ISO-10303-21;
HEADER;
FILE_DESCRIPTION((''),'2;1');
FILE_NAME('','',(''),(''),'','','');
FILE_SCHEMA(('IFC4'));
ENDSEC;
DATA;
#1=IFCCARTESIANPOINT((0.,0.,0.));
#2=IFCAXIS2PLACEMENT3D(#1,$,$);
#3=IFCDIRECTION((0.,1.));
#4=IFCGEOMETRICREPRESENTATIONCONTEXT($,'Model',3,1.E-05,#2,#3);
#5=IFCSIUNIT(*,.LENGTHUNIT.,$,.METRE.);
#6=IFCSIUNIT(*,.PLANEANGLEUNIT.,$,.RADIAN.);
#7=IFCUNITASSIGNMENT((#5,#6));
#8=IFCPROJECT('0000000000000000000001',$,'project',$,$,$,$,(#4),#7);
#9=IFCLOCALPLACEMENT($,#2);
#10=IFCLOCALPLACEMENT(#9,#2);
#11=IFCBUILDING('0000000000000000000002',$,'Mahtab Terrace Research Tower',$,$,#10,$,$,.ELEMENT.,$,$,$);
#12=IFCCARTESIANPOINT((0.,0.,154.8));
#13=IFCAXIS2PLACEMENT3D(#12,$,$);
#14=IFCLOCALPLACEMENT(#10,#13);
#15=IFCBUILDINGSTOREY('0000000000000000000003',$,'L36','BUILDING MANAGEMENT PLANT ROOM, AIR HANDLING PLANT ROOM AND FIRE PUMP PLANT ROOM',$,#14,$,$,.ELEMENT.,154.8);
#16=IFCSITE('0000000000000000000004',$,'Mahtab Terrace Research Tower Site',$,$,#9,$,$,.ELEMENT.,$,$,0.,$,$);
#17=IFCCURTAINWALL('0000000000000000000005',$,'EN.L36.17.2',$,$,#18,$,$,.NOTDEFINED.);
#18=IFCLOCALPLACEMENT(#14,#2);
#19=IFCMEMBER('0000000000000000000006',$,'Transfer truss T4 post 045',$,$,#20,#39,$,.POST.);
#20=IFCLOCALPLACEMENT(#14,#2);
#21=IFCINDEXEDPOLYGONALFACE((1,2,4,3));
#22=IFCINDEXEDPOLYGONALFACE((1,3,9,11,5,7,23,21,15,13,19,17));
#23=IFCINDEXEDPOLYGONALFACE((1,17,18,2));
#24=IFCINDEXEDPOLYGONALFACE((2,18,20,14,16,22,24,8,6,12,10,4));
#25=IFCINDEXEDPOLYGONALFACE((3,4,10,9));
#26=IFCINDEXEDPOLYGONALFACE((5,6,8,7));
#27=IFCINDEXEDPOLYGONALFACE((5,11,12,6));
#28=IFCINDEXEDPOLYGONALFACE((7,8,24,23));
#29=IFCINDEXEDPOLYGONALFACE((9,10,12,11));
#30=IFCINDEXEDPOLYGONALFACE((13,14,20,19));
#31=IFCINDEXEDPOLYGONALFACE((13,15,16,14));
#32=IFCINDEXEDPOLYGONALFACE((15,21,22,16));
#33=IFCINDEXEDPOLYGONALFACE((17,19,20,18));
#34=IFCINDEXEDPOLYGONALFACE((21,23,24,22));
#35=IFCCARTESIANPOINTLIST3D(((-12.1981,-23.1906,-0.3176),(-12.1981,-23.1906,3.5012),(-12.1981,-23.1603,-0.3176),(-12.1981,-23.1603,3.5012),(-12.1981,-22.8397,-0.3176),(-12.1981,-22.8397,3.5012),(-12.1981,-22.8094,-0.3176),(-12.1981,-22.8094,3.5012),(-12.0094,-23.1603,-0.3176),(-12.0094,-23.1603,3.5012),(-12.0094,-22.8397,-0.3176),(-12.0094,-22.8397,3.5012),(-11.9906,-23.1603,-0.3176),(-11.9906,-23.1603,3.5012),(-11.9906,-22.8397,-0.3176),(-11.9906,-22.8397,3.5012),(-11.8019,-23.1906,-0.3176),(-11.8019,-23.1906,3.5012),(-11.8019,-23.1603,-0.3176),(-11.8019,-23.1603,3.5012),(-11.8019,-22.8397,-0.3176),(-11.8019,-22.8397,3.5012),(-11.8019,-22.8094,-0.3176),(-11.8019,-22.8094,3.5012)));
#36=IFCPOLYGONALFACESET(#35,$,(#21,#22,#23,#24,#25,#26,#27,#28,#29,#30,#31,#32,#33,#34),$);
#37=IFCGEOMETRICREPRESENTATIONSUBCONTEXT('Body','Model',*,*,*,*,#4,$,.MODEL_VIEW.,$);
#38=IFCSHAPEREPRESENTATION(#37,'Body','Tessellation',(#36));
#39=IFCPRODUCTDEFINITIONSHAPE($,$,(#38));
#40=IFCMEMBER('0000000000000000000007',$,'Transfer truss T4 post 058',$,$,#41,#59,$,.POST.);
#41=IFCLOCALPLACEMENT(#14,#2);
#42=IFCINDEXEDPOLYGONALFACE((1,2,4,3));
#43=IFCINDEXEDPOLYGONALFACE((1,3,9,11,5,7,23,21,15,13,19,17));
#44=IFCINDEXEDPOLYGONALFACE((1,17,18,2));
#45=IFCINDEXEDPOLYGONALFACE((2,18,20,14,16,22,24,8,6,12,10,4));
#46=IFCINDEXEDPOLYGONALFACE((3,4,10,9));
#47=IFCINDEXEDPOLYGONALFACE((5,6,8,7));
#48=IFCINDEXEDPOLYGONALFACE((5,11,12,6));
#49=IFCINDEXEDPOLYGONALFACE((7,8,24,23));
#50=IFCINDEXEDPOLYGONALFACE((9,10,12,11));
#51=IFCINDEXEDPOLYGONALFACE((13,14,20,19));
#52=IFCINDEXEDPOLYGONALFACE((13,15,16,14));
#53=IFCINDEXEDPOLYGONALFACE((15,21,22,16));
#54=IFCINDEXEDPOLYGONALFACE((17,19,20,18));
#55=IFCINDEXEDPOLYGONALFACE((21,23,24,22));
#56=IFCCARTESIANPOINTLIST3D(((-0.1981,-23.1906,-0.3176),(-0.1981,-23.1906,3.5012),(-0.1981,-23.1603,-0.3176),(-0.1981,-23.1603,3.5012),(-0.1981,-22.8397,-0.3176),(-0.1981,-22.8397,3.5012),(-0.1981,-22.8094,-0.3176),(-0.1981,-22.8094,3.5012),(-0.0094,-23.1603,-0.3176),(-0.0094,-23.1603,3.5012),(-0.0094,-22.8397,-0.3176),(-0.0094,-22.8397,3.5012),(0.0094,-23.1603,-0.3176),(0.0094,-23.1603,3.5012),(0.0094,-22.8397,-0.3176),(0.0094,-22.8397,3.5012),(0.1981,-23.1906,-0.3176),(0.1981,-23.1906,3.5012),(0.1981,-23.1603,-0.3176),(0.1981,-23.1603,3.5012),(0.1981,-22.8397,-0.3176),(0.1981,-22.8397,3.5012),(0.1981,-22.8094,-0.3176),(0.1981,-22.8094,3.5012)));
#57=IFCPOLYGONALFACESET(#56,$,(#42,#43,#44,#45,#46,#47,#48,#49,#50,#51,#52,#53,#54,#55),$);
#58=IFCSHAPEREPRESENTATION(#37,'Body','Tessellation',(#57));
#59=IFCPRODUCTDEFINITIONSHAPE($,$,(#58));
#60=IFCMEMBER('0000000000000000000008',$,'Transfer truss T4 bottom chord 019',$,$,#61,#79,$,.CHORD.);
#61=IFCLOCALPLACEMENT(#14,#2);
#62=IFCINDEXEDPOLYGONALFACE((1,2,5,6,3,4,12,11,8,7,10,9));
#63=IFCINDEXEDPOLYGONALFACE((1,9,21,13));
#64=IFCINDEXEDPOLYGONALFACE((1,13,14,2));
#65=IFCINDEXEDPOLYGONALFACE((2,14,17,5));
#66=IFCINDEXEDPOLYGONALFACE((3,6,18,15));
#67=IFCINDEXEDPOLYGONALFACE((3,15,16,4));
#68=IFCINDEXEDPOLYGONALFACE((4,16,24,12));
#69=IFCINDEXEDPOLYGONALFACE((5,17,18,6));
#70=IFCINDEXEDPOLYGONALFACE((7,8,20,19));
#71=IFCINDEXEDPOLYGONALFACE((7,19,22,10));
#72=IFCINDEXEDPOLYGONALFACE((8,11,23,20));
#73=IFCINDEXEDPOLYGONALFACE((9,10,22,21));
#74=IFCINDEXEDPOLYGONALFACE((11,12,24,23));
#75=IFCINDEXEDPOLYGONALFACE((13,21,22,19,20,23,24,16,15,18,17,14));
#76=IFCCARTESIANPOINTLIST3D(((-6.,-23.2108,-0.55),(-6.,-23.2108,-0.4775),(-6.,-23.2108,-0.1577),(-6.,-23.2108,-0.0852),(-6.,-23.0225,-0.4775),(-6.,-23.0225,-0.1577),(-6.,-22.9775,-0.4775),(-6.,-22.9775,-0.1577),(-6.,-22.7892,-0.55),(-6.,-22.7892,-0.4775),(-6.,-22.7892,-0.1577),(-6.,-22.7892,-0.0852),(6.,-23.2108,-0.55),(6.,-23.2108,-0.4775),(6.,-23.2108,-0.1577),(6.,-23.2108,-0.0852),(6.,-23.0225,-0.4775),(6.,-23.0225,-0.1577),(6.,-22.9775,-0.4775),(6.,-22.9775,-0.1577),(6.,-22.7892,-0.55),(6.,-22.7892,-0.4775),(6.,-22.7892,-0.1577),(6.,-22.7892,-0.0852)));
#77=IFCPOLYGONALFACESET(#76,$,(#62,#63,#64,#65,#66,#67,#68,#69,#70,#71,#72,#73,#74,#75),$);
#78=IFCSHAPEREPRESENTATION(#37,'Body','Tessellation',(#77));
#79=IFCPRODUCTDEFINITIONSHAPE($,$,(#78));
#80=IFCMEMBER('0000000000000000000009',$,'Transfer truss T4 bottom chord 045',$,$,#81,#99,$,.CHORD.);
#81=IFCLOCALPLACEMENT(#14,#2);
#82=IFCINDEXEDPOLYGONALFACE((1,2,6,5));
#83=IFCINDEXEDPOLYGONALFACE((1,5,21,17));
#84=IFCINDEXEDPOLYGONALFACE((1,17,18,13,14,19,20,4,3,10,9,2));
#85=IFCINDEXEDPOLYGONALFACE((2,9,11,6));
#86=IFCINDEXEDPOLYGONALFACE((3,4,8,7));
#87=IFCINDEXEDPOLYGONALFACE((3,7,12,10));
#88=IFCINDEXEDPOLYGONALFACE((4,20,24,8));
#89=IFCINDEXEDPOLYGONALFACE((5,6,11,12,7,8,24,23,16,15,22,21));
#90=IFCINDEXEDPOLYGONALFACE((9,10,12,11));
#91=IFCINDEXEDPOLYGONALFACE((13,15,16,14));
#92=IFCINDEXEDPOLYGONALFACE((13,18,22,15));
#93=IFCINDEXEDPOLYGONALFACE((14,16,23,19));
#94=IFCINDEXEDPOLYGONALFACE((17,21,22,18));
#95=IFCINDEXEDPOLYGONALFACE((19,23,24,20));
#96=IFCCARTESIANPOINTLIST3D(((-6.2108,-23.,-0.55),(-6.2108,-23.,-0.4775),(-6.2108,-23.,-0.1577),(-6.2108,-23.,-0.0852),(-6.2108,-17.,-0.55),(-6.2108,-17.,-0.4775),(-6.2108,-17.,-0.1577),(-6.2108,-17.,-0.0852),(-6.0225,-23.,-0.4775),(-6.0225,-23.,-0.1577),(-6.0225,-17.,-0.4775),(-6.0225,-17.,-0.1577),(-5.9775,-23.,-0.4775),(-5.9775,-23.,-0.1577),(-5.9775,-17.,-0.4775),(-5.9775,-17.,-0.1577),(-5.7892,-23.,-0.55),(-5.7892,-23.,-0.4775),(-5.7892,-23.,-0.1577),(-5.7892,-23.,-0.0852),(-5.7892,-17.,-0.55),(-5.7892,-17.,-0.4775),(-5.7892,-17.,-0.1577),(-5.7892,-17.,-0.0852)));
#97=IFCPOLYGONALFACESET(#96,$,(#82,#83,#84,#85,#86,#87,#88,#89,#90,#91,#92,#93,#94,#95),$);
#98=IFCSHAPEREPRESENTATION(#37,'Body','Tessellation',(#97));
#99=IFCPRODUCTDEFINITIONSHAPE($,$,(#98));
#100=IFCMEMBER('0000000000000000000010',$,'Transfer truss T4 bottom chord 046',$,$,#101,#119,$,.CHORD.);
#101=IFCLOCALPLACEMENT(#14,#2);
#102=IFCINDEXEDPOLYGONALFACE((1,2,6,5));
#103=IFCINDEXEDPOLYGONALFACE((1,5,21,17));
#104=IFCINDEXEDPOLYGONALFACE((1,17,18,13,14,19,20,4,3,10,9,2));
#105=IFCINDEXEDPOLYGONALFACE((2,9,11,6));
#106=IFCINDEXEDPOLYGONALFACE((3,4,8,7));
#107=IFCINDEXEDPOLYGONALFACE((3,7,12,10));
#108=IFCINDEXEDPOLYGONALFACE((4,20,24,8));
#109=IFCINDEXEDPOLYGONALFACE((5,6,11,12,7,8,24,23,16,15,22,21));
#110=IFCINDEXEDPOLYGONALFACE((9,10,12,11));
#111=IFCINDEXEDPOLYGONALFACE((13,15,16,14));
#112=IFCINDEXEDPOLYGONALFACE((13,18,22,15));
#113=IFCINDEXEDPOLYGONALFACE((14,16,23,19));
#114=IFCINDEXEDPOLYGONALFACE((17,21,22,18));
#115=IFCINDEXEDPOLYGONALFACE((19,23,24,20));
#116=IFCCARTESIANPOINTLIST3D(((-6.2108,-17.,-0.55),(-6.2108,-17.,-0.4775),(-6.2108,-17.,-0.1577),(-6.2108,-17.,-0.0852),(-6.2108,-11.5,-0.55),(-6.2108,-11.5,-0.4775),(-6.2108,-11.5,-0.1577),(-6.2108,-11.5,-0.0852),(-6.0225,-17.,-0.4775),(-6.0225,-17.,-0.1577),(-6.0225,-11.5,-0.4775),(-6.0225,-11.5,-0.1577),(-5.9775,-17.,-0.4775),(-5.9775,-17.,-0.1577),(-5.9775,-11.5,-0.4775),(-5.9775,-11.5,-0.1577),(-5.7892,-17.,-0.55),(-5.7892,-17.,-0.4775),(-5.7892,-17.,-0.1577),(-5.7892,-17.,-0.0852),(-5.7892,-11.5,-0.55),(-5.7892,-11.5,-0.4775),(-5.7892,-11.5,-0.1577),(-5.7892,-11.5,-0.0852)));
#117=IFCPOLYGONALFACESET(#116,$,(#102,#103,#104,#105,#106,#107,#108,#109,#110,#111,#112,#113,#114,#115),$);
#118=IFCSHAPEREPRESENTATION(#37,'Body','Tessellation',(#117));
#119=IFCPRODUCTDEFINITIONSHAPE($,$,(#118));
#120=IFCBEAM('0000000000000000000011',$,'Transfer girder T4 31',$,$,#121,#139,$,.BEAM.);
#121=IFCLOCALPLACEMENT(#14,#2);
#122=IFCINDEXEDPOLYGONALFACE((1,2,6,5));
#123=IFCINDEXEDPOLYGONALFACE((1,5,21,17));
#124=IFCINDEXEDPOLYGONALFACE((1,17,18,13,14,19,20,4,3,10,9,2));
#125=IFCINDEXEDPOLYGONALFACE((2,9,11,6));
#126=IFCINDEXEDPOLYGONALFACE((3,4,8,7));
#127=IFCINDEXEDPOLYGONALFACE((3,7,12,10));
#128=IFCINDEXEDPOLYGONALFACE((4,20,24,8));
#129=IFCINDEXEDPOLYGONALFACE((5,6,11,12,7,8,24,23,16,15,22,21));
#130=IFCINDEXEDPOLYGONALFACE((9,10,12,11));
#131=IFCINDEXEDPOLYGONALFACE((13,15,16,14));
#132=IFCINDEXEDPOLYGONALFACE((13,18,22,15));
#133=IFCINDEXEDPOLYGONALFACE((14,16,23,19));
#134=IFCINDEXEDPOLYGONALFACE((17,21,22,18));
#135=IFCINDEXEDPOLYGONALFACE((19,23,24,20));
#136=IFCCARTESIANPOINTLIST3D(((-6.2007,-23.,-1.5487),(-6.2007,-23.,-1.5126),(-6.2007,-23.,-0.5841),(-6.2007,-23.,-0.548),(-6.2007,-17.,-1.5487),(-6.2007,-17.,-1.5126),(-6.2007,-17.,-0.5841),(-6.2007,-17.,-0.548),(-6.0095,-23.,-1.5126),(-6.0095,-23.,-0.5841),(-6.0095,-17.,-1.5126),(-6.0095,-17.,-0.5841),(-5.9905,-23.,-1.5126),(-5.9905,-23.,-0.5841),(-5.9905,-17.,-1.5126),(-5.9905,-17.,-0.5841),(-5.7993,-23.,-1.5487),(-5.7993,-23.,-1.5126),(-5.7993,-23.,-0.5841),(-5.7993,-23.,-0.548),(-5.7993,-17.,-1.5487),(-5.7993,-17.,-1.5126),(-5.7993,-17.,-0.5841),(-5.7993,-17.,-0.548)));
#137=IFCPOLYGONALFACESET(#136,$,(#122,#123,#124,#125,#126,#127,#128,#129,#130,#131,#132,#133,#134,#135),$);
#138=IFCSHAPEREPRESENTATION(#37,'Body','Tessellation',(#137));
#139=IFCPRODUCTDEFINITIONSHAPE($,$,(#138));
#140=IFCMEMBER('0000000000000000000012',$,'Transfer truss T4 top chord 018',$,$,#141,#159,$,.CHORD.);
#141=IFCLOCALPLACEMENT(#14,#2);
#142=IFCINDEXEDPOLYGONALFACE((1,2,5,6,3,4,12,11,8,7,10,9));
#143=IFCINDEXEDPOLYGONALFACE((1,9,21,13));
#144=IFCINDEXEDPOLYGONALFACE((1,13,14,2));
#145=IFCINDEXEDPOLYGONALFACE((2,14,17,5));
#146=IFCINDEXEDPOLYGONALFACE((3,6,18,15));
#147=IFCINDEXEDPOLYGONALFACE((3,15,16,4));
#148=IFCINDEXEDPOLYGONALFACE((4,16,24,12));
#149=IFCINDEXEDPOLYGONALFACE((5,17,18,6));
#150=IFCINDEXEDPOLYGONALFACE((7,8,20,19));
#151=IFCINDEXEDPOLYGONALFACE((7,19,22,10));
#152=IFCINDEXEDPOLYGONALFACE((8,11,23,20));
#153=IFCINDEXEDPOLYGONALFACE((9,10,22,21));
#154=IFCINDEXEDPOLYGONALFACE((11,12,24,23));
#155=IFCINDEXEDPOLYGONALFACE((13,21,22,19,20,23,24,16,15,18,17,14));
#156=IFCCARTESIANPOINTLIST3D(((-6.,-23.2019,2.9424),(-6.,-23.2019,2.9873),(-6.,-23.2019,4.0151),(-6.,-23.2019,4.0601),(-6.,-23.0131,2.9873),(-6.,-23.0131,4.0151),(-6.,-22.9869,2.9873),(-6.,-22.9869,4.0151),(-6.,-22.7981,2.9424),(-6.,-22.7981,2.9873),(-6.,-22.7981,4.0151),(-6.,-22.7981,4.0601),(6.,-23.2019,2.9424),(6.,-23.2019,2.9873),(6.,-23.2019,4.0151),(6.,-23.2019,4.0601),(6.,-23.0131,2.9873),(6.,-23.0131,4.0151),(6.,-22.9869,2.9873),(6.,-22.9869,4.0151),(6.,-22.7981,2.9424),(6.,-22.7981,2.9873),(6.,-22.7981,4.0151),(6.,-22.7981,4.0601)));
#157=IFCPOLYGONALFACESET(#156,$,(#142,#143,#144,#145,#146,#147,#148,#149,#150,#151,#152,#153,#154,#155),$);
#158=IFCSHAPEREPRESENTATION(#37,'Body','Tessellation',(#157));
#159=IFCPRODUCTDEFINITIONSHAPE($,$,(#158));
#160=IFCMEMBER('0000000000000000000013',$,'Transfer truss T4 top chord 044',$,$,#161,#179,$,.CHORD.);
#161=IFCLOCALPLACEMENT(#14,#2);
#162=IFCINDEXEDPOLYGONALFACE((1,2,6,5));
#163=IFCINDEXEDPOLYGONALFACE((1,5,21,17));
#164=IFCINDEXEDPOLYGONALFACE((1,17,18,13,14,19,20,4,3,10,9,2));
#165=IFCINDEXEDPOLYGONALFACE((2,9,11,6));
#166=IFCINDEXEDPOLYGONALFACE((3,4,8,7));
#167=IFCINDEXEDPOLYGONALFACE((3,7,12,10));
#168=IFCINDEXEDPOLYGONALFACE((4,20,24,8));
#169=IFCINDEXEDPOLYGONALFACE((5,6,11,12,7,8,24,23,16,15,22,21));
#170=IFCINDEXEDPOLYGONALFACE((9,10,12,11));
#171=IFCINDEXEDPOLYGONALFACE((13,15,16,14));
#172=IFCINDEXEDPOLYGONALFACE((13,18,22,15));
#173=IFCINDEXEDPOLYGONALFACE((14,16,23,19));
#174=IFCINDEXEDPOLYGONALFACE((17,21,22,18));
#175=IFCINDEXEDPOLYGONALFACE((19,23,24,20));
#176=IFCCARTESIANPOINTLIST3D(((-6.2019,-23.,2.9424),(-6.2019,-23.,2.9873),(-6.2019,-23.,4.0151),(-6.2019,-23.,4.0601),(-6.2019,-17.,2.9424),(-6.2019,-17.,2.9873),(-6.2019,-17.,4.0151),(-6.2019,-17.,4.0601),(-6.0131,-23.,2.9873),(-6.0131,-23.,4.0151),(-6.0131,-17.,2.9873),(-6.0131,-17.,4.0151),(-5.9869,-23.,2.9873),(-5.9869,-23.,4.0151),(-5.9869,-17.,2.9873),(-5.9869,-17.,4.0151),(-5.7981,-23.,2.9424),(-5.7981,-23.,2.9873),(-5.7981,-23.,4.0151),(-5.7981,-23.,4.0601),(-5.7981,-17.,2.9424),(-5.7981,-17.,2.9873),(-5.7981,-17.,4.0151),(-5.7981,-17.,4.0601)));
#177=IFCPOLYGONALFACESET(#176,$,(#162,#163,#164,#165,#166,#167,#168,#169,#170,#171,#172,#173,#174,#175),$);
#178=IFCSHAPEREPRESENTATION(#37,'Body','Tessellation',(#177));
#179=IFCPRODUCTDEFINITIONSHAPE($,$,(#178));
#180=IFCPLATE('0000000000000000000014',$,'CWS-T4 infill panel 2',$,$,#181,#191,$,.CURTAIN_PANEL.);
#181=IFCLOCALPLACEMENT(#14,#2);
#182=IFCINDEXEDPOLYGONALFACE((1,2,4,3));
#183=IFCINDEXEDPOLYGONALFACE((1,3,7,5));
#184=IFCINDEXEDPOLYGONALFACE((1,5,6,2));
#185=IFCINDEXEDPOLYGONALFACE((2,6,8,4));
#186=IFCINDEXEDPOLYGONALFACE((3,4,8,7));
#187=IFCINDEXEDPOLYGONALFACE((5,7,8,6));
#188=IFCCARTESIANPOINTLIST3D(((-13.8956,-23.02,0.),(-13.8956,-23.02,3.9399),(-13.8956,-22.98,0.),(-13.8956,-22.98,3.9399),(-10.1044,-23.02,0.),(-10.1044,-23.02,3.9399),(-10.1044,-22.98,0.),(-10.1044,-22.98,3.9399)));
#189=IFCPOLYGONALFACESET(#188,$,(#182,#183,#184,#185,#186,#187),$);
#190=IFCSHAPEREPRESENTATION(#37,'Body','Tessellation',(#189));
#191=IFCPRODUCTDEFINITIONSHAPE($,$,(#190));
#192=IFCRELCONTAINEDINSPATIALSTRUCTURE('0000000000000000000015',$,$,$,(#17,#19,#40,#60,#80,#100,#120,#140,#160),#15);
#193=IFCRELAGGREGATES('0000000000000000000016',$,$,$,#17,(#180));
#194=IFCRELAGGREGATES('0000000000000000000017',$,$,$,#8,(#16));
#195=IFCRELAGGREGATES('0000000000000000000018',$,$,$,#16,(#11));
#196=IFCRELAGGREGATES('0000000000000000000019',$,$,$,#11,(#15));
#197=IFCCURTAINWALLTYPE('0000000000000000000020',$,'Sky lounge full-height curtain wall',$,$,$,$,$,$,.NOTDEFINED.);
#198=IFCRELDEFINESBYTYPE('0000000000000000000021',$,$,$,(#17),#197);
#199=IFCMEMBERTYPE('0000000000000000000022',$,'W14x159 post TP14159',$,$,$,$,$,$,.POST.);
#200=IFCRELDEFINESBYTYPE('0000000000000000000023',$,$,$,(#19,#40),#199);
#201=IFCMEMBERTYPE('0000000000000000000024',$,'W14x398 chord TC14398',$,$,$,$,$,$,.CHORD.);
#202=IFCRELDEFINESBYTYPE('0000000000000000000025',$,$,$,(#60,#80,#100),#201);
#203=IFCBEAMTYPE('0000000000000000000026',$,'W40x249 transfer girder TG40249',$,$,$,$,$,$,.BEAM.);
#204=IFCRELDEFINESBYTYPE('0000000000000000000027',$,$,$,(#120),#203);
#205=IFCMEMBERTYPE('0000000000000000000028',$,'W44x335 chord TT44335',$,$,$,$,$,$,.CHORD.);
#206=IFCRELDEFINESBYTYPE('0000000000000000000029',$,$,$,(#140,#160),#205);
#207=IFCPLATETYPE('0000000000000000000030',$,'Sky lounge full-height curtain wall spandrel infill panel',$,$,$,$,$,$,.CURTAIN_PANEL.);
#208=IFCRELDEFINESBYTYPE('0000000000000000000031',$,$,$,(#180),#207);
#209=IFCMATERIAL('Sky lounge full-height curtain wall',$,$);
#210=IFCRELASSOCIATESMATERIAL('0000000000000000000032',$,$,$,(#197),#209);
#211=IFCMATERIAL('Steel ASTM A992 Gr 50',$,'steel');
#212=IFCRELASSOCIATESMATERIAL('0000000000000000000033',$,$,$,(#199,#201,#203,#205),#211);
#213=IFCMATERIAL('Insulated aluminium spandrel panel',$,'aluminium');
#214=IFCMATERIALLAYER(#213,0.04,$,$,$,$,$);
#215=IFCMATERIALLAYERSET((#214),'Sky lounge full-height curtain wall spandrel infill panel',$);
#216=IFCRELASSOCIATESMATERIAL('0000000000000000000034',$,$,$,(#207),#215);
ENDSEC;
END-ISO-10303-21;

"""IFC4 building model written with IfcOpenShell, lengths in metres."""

from ifc_helpers import new_model, si_unit, direction, frame, origin, origin_2d, place, context, subcontext, project, spatial, rectangle, i_section, extrude, material, layer, layer_set, material_profile, profile_set, type_object, element, aggregate, save


model = new_model("IFC4")

# Units and contexts
model_context = context("Model", 3, precision=1e-05, world=origin(), true_north=direction((0.0, 1.0)))
body_context = subcontext(model_context, "Body", "Model", "MODEL_VIEW")
ifc_project = project(units=[si_unit("LENGTHUNIT", "METRE"), si_unit("PLANEANGLEUNIT", "RADIAN")], contexts=[model_context])

# Site, building, storey
site_placement = place(None, origin())
site = spatial("IfcSite", under=ifc_project, at=site_placement, Name="Mahtab Terrace Research Tower Site", CompositionType="ELEMENT", RefElevation=0.0)
building_placement = place(site_placement, origin())
building = spatial("IfcBuilding", under=site, at=building_placement, Name="Mahtab Terrace Research Tower", CompositionType="ELEMENT")
storey_placement = place(building_placement, frame((0.0, 0.0, 154.8)))
storey = spatial("IfcBuildingStorey", under=building, at=storey_placement, Name="L36", Description="BUILDING MANAGEMENT PLANT ROOM, AIR HANDLING PLANT ROOM AND FIRE PUMP PLANT ROOM", CompositionType="ELEMENT", Elevation=154.8)

# Shared definitions
ifc_material_1 = material(Name="Steel ASTM A992 Gr 50", Category="steel")

# Curtain wall
ifc_material_2 = material(Name="Sky lounge full-height curtain wall")
curtain_wall_type = type_object("IfcCurtainWallType", Name="Sky lounge full-height curtain wall", PredefinedType="NOTDEFINED", material=ifc_material_2)
curtain_wall_1_placement = place(storey_placement, origin())
curtain_wall_1 = element("IfcCurtainWall", 1, at=curtain_wall_1_placement, inside=storey, type_object=curtain_wall_type, Name="EN.L36.17.2", PredefinedType="NOTDEFINED")

# Members
ifc_material_profile_1 = material_profile(ifc_material_1, i_section(OverallWidth=0.3962, OverallDepth=0.3811, WebThickness=0.0188, FlangeThickness=0.0303, at=origin_2d()), Name="W14X159")
ifc_profile_set_1 = profile_set([ifc_material_profile_1], Name="Steel ASTM A992 Gr 50")
member_type_1 = type_object("IfcMemberType", Name="W14x159 post TP14159", PredefinedType="POST", material=ifc_profile_set_1)
for number, where, z_axis, x_axis, name in (
    (2, (-12.0, -23.0, -0.3176), (0.0, 0.0, 1.0), (1.0, 0.0, 0.0), "Transfer truss T4 post 045"),
    (3, (0.0, -23.0, -0.3176), (0.0, 0.0, 1.0), (1.0, 0.0, 0.0), "Transfer truss T4 post 058"),
):
    element("IfcMember", number, at=place(storey_placement, frame(where, z_axis=z_axis, x_axis=x_axis)), inside=storey, type_object=member_type_1, Name=name, PredefinedType="POST", context=body_context, shape_type="SweptSolid", body=[
        extrude(i_section(OverallWidth=0.3962, OverallDepth=0.3811, WebThickness=0.0188, FlangeThickness=0.0303, at=origin_2d()), origin(), (0.0, 0.0, 1.0), 3.8188),
    ])
ifc_material_profile_2 = material_profile(ifc_material_1, i_section(OverallWidth=0.4216, OverallDepth=0.4648, WebThickness=0.0449, FlangeThickness=0.0725, at=origin_2d()), Name="W14X398")
ifc_profile_set_2 = profile_set([ifc_material_profile_2], Name="Steel ASTM A992 Gr 50")
member_type_2 = type_object("IfcMemberType", Name="W14x398 chord TC14398", PredefinedType="CHORD", material=ifc_profile_set_2)
member_1_placement = place(storey_placement, frame((-6.0, -23.0, -0.3176), z_axis=(1.0, 0.0, 0.0), x_axis=(0.0, 1.0, 0.0)))
element("IfcMember", 4, at=member_1_placement, inside=storey, type_object=member_type_2, Name="Transfer truss T4 bottom chord 019", PredefinedType="CHORD", context=body_context, shape_type="SweptSolid", body=[
    extrude(i_section(OverallWidth=0.4216, OverallDepth=0.4648, WebThickness=0.0449, FlangeThickness=0.0725, at=origin_2d()), origin(), (0.0, 0.0, 1.0), 12.0),
])
member_2_placement = place(storey_placement, frame((-6.0, -23.0, -0.3176), z_axis=(0.0, 1.0, 0.0), x_axis=(-1.0, 0.0, 0.0)))
element("IfcMember", 5, at=member_2_placement, inside=storey, type_object=member_type_2, Name="Transfer truss T4 bottom chord 045", PredefinedType="CHORD", context=body_context, shape_type="SweptSolid", body=[
    extrude(i_section(OverallWidth=0.4216, OverallDepth=0.4648, WebThickness=0.0449, FlangeThickness=0.0725, at=origin_2d()), origin(), (0.0, 0.0, 1.0), 6.0),
])
member_3_placement = place(storey_placement, frame((-6.0, -17.0, -0.3176), z_axis=(0.0, 1.0, 0.0), x_axis=(-1.0, 0.0, 0.0)))
element("IfcMember", 6, at=member_3_placement, inside=storey, type_object=member_type_2, Name="Transfer truss T4 bottom chord 046", PredefinedType="CHORD", context=body_context, shape_type="SweptSolid", body=[
    extrude(i_section(OverallWidth=0.4216, OverallDepth=0.4648, WebThickness=0.0449, FlangeThickness=0.0725, at=origin_2d()), origin(), (0.0, 0.0, 1.0), 5.5),
])

# Beam
ifc_material_profile_3 = material_profile(ifc_material_1, i_section(OverallWidth=0.4014, OverallDepth=1.0007, WebThickness=0.019, FlangeThickness=0.0361, at=origin_2d()), Name="W40X249")
ifc_profile_set_3 = profile_set([ifc_material_profile_3], Name="Steel ASTM A992 Gr 50")
beam_type = type_object("IfcBeamType", Name="W40x249 transfer girder TG40249", PredefinedType="BEAM", material=ifc_profile_set_3)
beam_placement = place(storey_placement, frame((-6.0, -23.0, -1.0483), z_axis=(0.0, 1.0, 0.0), x_axis=(-1.0, 0.0, 0.0)))
element("IfcBeam", 7, at=beam_placement, inside=storey, type_object=beam_type, Name="Transfer girder T4 31", PredefinedType="BEAM", context=body_context, shape_type="SweptSolid", body=[
    extrude(i_section(OverallWidth=0.4014, OverallDepth=1.0007, WebThickness=0.019, FlangeThickness=0.0361, at=origin_2d()), origin(), (0.0, 0.0, 1.0), 6.0),
])

# Members
ifc_material_profile_4 = material_profile(ifc_material_1, i_section(OverallWidth=0.4038, OverallDepth=1.1177, WebThickness=0.0261, FlangeThickness=0.0449, at=origin_2d()), Name="W44X335")
ifc_profile_set_4 = profile_set([ifc_material_profile_4], Name="Steel ASTM A992 Gr 50")
member_type_3 = type_object("IfcMemberType", Name="W44x335 chord TT44335", PredefinedType="CHORD", material=ifc_profile_set_4)
member_4_placement = place(storey_placement, frame((-6.0, -23.0, 3.5012), z_axis=(1.0, 0.0, 0.0), x_axis=(0.0, 1.0, 0.0)))
element("IfcMember", 8, at=member_4_placement, inside=storey, type_object=member_type_3, Name="Transfer truss T4 top chord 018", PredefinedType="CHORD", context=body_context, shape_type="SweptSolid", body=[
    extrude(i_section(OverallWidth=0.4038, OverallDepth=1.1177, WebThickness=0.0261, FlangeThickness=0.0449, at=origin_2d()), origin(), (0.0, 0.0, 1.0), 12.0),
])
member_5_placement = place(storey_placement, frame((-6.0, -23.0, 3.5012), z_axis=(0.0, 1.0, 0.0), x_axis=(-1.0, 0.0, 0.0)))
element("IfcMember", 9, at=member_5_placement, inside=storey, type_object=member_type_3, Name="Transfer truss T4 top chord 044", PredefinedType="CHORD", context=body_context, shape_type="SweptSolid", body=[
    extrude(i_section(OverallWidth=0.4038, OverallDepth=1.1177, WebThickness=0.0261, FlangeThickness=0.0449, at=origin_2d()), origin(), (0.0, 0.0, 1.0), 6.0),
])

# Plate
ifc_material_3 = material(Name="Insulated aluminium spandrel panel", Category="aluminium")
ifc_layer_1 = layer(ifc_material_3, 0.04)
ifc_layer_set_1 = layer_set([ifc_layer_1], Name="Sky lounge full-height curtain wall spandrel infill panel")
plate_type = type_object("IfcPlateType", Name="Sky lounge full-height curtain wall spandrel infill panel", PredefinedType="CURTAIN_PANEL", material=ifc_layer_set_1)
plate_1_placement = place(storey_placement, frame((-12.0, -23.0, 0.0), z_axis=(0.0, 0.0, 1.0), x_axis=(1.0, 0.0, 0.0)))
plate_1 = element("IfcPlate", 10, at=plate_1_placement, type_object=plate_type, Name="CWS-T4 infill panel 2", PredefinedType="CURTAIN_PANEL", context=body_context, shape_type="SweptSolid", body=[
    extrude(rectangle(XDim=3.7913, YDim=0.04, at=origin_2d()), origin(), (0.0, 0.0, 1.0), 3.9399),
])
aggregate(curtain_wall_1, [plate_1])

save(model, "model.ifc")
